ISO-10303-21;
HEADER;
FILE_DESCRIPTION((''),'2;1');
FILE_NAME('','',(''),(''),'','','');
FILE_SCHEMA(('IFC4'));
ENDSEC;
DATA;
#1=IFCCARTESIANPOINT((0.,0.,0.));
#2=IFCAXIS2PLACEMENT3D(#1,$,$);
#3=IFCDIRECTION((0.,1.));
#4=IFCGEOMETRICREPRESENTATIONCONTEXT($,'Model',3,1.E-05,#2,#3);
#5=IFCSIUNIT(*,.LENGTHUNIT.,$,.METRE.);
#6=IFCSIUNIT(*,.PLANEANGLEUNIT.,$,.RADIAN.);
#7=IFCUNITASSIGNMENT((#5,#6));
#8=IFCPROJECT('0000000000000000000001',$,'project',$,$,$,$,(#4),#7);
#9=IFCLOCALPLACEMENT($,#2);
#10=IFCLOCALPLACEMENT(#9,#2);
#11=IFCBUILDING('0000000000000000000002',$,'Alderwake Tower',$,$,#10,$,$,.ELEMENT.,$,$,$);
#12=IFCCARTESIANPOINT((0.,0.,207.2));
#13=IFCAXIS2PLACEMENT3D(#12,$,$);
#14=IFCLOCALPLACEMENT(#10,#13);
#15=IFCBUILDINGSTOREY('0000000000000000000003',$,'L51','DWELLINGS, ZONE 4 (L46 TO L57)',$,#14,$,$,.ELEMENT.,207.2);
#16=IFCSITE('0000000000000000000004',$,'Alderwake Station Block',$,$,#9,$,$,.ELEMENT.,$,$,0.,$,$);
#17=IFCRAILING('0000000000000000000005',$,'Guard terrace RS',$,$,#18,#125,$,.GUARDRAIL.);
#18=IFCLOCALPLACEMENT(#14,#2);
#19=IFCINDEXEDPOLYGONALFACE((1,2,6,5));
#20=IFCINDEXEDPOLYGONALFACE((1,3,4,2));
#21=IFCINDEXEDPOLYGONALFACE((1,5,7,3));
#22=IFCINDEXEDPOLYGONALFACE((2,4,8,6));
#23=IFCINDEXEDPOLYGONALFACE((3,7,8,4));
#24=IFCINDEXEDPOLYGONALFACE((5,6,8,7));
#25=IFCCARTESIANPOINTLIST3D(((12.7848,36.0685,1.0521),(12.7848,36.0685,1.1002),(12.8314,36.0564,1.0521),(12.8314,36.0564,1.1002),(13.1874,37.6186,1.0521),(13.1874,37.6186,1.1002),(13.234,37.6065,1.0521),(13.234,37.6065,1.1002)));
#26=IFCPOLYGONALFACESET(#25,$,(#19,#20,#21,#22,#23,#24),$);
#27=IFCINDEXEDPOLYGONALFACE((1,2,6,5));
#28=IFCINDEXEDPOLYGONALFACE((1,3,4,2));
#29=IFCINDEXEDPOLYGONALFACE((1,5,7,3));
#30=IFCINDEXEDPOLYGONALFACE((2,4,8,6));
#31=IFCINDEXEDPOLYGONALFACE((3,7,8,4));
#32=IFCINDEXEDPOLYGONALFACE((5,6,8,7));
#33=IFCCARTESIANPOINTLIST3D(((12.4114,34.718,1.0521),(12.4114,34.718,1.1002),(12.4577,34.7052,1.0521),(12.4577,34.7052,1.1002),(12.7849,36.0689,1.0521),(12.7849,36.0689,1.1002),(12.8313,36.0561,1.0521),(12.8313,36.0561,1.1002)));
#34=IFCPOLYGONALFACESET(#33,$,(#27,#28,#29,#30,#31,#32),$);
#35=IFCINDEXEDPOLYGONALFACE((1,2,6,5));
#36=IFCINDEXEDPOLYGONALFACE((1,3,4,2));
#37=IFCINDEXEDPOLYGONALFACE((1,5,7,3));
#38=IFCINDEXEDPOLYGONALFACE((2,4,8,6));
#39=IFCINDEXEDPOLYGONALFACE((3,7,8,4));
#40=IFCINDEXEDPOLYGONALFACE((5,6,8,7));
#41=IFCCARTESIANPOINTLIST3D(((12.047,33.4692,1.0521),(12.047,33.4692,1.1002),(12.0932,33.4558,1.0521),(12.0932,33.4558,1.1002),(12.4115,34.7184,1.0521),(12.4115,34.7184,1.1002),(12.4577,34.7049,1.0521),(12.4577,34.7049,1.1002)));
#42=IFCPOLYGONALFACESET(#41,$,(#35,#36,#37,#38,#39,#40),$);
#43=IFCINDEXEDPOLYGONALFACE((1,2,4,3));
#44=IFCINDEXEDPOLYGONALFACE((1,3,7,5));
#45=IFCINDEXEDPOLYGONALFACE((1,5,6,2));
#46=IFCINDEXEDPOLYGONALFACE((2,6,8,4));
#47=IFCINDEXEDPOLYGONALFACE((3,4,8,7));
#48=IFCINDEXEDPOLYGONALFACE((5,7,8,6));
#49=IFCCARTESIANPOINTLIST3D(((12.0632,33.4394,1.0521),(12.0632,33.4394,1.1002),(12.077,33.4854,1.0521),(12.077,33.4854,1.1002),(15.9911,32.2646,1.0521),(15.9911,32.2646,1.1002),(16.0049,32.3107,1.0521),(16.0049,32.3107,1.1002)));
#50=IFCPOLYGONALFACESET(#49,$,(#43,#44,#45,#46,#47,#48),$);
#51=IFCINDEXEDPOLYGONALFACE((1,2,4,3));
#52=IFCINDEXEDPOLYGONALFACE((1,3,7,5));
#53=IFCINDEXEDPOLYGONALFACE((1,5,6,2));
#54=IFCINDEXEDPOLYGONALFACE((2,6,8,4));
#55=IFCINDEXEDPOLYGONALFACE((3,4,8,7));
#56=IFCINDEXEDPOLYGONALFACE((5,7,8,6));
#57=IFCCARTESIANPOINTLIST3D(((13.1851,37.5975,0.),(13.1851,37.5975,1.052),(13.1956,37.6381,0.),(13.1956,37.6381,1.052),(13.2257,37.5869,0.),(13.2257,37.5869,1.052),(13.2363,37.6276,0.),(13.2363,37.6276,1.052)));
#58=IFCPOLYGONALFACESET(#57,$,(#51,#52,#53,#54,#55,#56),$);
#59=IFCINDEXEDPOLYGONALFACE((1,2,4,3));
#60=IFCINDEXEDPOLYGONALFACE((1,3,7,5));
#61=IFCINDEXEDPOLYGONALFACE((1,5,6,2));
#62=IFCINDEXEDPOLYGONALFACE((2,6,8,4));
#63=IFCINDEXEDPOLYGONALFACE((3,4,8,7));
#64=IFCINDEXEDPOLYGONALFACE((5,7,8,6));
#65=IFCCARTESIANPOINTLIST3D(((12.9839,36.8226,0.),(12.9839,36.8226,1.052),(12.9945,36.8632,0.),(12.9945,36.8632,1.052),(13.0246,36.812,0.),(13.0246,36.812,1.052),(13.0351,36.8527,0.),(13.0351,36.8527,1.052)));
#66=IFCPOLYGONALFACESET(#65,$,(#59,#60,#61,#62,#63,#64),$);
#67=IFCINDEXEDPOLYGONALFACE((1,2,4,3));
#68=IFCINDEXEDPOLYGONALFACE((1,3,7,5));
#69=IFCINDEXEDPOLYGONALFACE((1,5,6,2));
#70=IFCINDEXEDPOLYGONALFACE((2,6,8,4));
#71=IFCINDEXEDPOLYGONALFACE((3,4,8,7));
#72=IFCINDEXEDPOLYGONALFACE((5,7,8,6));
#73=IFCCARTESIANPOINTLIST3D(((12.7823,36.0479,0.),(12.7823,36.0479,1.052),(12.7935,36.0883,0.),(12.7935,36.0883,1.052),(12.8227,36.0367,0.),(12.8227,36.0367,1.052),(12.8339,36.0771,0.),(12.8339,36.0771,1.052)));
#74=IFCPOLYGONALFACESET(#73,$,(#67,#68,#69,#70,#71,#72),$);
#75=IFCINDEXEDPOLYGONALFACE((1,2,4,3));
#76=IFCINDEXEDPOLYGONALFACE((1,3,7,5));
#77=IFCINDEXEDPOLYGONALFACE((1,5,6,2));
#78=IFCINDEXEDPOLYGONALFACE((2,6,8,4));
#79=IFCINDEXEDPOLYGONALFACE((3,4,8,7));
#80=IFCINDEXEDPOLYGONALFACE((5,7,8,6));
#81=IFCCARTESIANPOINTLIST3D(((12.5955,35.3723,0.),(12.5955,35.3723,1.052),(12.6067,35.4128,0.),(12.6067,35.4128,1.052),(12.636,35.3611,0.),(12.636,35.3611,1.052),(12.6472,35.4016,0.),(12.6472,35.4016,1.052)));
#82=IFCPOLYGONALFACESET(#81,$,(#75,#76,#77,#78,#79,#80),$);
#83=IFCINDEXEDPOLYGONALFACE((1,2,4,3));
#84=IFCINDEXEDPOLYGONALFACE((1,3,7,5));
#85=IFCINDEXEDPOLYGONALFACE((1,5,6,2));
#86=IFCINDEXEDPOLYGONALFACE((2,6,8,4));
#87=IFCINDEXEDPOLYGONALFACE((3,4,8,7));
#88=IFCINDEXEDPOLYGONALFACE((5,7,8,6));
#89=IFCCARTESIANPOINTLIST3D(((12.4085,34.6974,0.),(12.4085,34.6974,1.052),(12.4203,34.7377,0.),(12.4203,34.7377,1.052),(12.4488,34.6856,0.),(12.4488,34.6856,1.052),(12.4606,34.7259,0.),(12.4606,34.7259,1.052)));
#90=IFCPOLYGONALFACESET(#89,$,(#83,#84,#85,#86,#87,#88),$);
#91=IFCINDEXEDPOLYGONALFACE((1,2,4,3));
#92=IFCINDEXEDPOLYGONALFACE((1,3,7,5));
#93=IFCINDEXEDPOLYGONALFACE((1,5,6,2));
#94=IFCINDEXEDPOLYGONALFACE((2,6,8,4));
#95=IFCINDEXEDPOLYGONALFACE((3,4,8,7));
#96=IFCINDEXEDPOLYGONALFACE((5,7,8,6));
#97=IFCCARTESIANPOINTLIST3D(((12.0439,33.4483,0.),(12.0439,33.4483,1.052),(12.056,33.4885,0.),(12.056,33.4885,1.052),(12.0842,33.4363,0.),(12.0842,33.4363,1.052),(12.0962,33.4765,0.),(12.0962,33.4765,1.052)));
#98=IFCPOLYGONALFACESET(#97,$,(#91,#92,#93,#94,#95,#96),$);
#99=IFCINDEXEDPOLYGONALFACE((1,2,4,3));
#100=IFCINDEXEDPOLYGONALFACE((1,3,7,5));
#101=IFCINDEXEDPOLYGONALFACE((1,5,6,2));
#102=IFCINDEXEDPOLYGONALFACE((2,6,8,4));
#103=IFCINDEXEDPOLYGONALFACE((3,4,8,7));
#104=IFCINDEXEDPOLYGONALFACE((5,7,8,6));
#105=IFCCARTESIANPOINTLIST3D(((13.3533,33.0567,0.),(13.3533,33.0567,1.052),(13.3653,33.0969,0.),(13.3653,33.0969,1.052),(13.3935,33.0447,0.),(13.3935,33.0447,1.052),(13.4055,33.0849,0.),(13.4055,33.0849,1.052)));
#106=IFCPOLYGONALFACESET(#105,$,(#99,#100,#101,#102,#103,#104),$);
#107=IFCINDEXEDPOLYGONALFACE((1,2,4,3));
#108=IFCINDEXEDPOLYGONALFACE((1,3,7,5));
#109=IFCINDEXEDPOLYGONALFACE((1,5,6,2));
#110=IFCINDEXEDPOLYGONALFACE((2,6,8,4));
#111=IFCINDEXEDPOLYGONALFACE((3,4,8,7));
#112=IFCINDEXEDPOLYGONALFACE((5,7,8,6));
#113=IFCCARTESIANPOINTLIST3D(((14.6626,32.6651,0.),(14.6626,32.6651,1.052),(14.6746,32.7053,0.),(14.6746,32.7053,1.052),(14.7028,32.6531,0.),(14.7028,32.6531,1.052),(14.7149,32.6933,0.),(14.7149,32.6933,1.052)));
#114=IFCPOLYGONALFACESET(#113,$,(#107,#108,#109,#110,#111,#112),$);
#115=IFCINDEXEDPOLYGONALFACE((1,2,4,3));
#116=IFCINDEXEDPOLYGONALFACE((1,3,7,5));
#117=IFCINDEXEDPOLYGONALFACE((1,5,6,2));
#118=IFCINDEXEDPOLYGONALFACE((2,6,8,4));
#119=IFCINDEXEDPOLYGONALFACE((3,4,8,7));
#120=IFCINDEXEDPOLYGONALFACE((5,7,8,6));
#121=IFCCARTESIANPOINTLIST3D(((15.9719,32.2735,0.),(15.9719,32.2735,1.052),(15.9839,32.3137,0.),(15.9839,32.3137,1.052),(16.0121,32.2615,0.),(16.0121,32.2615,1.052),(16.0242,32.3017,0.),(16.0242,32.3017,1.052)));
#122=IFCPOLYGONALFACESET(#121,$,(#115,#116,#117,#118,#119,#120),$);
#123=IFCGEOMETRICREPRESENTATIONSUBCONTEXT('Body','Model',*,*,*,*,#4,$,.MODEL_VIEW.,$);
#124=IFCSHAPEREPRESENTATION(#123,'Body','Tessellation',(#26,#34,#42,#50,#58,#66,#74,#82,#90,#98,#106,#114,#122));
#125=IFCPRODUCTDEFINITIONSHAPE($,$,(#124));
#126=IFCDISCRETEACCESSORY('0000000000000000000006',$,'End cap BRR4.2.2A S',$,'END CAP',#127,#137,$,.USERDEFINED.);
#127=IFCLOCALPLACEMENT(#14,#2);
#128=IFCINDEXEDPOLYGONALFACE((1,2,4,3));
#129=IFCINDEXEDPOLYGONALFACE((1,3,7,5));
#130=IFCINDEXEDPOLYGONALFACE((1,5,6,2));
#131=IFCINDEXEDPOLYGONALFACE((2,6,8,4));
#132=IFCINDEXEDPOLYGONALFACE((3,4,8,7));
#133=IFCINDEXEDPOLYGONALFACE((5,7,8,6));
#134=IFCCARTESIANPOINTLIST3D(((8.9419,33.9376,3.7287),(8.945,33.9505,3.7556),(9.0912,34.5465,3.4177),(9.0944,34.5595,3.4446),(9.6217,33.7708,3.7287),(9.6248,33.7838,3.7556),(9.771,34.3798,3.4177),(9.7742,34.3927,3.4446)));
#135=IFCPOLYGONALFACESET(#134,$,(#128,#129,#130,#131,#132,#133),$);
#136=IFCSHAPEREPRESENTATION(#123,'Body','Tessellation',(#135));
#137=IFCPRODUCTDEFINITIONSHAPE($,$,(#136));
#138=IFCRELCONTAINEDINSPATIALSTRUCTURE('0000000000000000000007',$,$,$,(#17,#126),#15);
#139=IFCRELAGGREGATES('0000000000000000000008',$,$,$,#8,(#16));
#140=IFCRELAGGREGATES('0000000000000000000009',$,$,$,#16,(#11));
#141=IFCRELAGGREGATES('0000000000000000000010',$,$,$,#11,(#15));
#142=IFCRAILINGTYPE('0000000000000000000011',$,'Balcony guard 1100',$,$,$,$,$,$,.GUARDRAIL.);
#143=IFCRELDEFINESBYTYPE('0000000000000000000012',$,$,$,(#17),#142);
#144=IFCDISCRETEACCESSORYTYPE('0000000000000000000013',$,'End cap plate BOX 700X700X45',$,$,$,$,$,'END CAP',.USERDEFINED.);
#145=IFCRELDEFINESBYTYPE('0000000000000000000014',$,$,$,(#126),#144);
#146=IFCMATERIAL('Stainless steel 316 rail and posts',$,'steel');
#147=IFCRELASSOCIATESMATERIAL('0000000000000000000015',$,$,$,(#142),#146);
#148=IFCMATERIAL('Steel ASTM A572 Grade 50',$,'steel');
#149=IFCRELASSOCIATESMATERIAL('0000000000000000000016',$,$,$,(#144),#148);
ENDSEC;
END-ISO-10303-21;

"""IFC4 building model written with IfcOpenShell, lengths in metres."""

from ifc_helpers import new_model, si_unit, direction, frame, origin, origin_2d, place, context, subcontext, project, spatial, rectangle, extrude, material, material_profile, profile_set, type_object, element, save


model = new_model("IFC4")

# Units and contexts
model_context = context("Model", 3, precision=1e-05, world=origin(), true_north=direction((0.0, 1.0)))
body_context = subcontext(model_context, "Body", "Model", "MODEL_VIEW")
ifc_project = project(units=[si_unit("LENGTHUNIT", "METRE"), si_unit("PLANEANGLEUNIT", "RADIAN")], contexts=[model_context])

# Site, building, storey
site_placement = place(None, origin())
site = spatial("IfcSite", under=ifc_project, at=site_placement, Name="Alderwake Station Block", CompositionType="ELEMENT", RefElevation=0.0)
building_placement = place(site_placement, origin())
building = spatial("IfcBuilding", under=site, at=building_placement, Name="Alderwake Tower", CompositionType="ELEMENT")
storey_placement = place(building_placement, frame((0.0, 0.0, 207.2)))
storey = spatial("IfcBuildingStorey", under=building, at=storey_placement, Name="L51", Description="DWELLINGS, ZONE 4 (L46 TO L57)", CompositionType="ELEMENT", Elevation=207.2)

# Railing
ifc_material_1 = material(Name="Stainless steel 316 rail and posts", Category="steel")
railing_type = type_object("IfcRailingType", Name="Balcony guard 1100", PredefinedType="GUARDRAIL", material=ifc_material_1)
railing_placement = place(storey_placement, frame((13.2107, 37.6125, 0.0)))
element("IfcRailing", 1, at=railing_placement, inside=storey, type_object=railing_type, Name="Guard terrace RS", PredefinedType="GUARDRAIL", context=body_context, shape_type="SweptSolid", body=[
    extrude(rectangle(XDim=0.0481, YDim=0.0481, at=origin_2d()), frame((0.0, 0.0, 1.0762), z_axis=(-0.251385, -0.967887, 0.0), x_axis=(0.967887, -0.251385, 0.0)), (0.0, 0.0, 1.0), 1.6016),
    extrude(rectangle(XDim=0.0481, YDim=0.0481, at=origin_2d()), frame((-0.4026, -1.55, 1.0762), z_axis=(-0.266521, -0.963829, 0.0), x_axis=(0.963829, -0.266521, 0.0)), (0.0, 0.0, 1.0), 1.4016),
    extrude(rectangle(XDim=0.0481, YDim=0.0481, at=origin_2d()), frame((-0.7761, -2.9009, 1.0762), z_axis=(-0.280094, -0.959973, 0.0), x_axis=(0.959973, -0.280094, 0.0)), (0.0, 0.0, 1.0), 1.3013),
    extrude(rectangle(XDim=0.0481, YDim=0.0481, at=origin_2d()), frame((-1.1406, -4.1501, 1.0762), z_axis=(0.958067, -0.286545, 0.0), x_axis=(0.286545, 0.958067, 0.0)), (0.0, 0.0, 1.0), 4.0999),
    extrude(rectangle(XDim=0.042, YDim=0.042, at=origin_2d()), frame((0.0, 0.0, 0.0), z_axis=(0.0, 0.0, 1.0), x_axis=(-0.251385, -0.967887, 0.0)), (0.0, 0.0, 1.0), 1.052),
    extrude(rectangle(XDim=0.042, YDim=0.042, at=origin_2d()), frame((-0.2012, -0.7749, 0.0), z_axis=(0.0, 0.0, 1.0), x_axis=(-0.251385, -0.967887, 0.0)), (0.0, 0.0, 1.0), 1.052),
    extrude(rectangle(XDim=0.042, YDim=0.042, at=origin_2d()), frame((-0.4026, -1.55, 0.0), z_axis=(0.0, 0.0, 1.0), x_axis=(-0.266521, -0.963829, 0.0)), (0.0, 0.0, 1.0), 1.052),
    extrude(rectangle(XDim=0.042, YDim=0.042, at=origin_2d()), frame((-0.5894, -2.2256, 0.0), z_axis=(0.0, 0.0, 1.0), x_axis=(-0.266521, -0.963829, 0.0)), (0.0, 0.0, 1.0), 1.052),
    extrude(rectangle(XDim=0.042, YDim=0.042, at=origin_2d()), frame((-0.7761, -2.9009, 0.0), z_axis=(0.0, 0.0, 1.0), x_axis=(-0.280094, -0.959973, 0.0)), (0.0, 0.0, 1.0), 1.052),
    extrude(rectangle(XDim=0.042, YDim=0.042, at=origin_2d()), frame((-1.1406, -4.1501, 0.0), z_axis=(0.0, 0.0, 1.0), x_axis=(0.958067, -0.286545, 0.0)), (0.0, 0.0, 1.0), 1.052),
    extrude(rectangle(XDim=0.042, YDim=0.042, at=origin_2d()), frame((0.1687, -4.5417, 0.0), z_axis=(0.0, 0.0, 1.0), x_axis=(0.958067, -0.286545, 0.0)), (0.0, 0.0, 1.0), 1.052),
    extrude(rectangle(XDim=0.042, YDim=0.042, at=origin_2d()), frame((1.478, -4.9333, 0.0), z_axis=(0.0, 0.0, 1.0), x_axis=(0.958067, -0.286545, 0.0)), (0.0, 0.0, 1.0), 1.052),
    extrude(rectangle(XDim=0.042, YDim=0.042, at=origin_2d()), frame((2.7874, -5.325, 0.0), z_axis=(0.0, 0.0, 1.0), x_axis=(0.958067, -0.286545, 0.0)), (0.0, 0.0, 1.0), 1.052),
])

# Discrete accessory
ifc_material_2 = material(Name="Steel ASTM A572 Grade 50", Category="steel")
ifc_material_profile_1 = material_profile(ifc_material_2, rectangle(XDim=0.7, YDim=0.7, at=origin_2d()), Name="BOX 700X700X45 cap")
ifc_profile_set_1 = profile_set([ifc_material_profile_1], Name="Steel ASTM A572 Grade 50")
discrete_accessory_type = type_object("IfcDiscreteAccessoryType", Name="End cap plate BOX 700X700X45", ElementType="END CAP", PredefinedType="USERDEFINED", material=ifc_profile_set_1)
discrete_accessory_placement = place(storey_placement, frame((9.3596, 34.1716, 3.6001), z_axis=(-0.10587, -0.431622, -0.89582), x_axis=(0.971211, -0.238222, 0.0)))
element("IfcDiscreteAccessory", 2, at=discrete_accessory_placement, inside=storey, type_object=discrete_accessory_type, Name="End cap BRR4.2.2A S", ObjectType="END CAP", PredefinedType="USERDEFINED", context=body_context, shape_type="SweptSolid", body=[
    extrude(rectangle(XDim=0.7, YDim=0.7, at=origin_2d()), origin(), (0.0, 0.0, 1.0), 0.03),
])

save(model, "model.ifc")
